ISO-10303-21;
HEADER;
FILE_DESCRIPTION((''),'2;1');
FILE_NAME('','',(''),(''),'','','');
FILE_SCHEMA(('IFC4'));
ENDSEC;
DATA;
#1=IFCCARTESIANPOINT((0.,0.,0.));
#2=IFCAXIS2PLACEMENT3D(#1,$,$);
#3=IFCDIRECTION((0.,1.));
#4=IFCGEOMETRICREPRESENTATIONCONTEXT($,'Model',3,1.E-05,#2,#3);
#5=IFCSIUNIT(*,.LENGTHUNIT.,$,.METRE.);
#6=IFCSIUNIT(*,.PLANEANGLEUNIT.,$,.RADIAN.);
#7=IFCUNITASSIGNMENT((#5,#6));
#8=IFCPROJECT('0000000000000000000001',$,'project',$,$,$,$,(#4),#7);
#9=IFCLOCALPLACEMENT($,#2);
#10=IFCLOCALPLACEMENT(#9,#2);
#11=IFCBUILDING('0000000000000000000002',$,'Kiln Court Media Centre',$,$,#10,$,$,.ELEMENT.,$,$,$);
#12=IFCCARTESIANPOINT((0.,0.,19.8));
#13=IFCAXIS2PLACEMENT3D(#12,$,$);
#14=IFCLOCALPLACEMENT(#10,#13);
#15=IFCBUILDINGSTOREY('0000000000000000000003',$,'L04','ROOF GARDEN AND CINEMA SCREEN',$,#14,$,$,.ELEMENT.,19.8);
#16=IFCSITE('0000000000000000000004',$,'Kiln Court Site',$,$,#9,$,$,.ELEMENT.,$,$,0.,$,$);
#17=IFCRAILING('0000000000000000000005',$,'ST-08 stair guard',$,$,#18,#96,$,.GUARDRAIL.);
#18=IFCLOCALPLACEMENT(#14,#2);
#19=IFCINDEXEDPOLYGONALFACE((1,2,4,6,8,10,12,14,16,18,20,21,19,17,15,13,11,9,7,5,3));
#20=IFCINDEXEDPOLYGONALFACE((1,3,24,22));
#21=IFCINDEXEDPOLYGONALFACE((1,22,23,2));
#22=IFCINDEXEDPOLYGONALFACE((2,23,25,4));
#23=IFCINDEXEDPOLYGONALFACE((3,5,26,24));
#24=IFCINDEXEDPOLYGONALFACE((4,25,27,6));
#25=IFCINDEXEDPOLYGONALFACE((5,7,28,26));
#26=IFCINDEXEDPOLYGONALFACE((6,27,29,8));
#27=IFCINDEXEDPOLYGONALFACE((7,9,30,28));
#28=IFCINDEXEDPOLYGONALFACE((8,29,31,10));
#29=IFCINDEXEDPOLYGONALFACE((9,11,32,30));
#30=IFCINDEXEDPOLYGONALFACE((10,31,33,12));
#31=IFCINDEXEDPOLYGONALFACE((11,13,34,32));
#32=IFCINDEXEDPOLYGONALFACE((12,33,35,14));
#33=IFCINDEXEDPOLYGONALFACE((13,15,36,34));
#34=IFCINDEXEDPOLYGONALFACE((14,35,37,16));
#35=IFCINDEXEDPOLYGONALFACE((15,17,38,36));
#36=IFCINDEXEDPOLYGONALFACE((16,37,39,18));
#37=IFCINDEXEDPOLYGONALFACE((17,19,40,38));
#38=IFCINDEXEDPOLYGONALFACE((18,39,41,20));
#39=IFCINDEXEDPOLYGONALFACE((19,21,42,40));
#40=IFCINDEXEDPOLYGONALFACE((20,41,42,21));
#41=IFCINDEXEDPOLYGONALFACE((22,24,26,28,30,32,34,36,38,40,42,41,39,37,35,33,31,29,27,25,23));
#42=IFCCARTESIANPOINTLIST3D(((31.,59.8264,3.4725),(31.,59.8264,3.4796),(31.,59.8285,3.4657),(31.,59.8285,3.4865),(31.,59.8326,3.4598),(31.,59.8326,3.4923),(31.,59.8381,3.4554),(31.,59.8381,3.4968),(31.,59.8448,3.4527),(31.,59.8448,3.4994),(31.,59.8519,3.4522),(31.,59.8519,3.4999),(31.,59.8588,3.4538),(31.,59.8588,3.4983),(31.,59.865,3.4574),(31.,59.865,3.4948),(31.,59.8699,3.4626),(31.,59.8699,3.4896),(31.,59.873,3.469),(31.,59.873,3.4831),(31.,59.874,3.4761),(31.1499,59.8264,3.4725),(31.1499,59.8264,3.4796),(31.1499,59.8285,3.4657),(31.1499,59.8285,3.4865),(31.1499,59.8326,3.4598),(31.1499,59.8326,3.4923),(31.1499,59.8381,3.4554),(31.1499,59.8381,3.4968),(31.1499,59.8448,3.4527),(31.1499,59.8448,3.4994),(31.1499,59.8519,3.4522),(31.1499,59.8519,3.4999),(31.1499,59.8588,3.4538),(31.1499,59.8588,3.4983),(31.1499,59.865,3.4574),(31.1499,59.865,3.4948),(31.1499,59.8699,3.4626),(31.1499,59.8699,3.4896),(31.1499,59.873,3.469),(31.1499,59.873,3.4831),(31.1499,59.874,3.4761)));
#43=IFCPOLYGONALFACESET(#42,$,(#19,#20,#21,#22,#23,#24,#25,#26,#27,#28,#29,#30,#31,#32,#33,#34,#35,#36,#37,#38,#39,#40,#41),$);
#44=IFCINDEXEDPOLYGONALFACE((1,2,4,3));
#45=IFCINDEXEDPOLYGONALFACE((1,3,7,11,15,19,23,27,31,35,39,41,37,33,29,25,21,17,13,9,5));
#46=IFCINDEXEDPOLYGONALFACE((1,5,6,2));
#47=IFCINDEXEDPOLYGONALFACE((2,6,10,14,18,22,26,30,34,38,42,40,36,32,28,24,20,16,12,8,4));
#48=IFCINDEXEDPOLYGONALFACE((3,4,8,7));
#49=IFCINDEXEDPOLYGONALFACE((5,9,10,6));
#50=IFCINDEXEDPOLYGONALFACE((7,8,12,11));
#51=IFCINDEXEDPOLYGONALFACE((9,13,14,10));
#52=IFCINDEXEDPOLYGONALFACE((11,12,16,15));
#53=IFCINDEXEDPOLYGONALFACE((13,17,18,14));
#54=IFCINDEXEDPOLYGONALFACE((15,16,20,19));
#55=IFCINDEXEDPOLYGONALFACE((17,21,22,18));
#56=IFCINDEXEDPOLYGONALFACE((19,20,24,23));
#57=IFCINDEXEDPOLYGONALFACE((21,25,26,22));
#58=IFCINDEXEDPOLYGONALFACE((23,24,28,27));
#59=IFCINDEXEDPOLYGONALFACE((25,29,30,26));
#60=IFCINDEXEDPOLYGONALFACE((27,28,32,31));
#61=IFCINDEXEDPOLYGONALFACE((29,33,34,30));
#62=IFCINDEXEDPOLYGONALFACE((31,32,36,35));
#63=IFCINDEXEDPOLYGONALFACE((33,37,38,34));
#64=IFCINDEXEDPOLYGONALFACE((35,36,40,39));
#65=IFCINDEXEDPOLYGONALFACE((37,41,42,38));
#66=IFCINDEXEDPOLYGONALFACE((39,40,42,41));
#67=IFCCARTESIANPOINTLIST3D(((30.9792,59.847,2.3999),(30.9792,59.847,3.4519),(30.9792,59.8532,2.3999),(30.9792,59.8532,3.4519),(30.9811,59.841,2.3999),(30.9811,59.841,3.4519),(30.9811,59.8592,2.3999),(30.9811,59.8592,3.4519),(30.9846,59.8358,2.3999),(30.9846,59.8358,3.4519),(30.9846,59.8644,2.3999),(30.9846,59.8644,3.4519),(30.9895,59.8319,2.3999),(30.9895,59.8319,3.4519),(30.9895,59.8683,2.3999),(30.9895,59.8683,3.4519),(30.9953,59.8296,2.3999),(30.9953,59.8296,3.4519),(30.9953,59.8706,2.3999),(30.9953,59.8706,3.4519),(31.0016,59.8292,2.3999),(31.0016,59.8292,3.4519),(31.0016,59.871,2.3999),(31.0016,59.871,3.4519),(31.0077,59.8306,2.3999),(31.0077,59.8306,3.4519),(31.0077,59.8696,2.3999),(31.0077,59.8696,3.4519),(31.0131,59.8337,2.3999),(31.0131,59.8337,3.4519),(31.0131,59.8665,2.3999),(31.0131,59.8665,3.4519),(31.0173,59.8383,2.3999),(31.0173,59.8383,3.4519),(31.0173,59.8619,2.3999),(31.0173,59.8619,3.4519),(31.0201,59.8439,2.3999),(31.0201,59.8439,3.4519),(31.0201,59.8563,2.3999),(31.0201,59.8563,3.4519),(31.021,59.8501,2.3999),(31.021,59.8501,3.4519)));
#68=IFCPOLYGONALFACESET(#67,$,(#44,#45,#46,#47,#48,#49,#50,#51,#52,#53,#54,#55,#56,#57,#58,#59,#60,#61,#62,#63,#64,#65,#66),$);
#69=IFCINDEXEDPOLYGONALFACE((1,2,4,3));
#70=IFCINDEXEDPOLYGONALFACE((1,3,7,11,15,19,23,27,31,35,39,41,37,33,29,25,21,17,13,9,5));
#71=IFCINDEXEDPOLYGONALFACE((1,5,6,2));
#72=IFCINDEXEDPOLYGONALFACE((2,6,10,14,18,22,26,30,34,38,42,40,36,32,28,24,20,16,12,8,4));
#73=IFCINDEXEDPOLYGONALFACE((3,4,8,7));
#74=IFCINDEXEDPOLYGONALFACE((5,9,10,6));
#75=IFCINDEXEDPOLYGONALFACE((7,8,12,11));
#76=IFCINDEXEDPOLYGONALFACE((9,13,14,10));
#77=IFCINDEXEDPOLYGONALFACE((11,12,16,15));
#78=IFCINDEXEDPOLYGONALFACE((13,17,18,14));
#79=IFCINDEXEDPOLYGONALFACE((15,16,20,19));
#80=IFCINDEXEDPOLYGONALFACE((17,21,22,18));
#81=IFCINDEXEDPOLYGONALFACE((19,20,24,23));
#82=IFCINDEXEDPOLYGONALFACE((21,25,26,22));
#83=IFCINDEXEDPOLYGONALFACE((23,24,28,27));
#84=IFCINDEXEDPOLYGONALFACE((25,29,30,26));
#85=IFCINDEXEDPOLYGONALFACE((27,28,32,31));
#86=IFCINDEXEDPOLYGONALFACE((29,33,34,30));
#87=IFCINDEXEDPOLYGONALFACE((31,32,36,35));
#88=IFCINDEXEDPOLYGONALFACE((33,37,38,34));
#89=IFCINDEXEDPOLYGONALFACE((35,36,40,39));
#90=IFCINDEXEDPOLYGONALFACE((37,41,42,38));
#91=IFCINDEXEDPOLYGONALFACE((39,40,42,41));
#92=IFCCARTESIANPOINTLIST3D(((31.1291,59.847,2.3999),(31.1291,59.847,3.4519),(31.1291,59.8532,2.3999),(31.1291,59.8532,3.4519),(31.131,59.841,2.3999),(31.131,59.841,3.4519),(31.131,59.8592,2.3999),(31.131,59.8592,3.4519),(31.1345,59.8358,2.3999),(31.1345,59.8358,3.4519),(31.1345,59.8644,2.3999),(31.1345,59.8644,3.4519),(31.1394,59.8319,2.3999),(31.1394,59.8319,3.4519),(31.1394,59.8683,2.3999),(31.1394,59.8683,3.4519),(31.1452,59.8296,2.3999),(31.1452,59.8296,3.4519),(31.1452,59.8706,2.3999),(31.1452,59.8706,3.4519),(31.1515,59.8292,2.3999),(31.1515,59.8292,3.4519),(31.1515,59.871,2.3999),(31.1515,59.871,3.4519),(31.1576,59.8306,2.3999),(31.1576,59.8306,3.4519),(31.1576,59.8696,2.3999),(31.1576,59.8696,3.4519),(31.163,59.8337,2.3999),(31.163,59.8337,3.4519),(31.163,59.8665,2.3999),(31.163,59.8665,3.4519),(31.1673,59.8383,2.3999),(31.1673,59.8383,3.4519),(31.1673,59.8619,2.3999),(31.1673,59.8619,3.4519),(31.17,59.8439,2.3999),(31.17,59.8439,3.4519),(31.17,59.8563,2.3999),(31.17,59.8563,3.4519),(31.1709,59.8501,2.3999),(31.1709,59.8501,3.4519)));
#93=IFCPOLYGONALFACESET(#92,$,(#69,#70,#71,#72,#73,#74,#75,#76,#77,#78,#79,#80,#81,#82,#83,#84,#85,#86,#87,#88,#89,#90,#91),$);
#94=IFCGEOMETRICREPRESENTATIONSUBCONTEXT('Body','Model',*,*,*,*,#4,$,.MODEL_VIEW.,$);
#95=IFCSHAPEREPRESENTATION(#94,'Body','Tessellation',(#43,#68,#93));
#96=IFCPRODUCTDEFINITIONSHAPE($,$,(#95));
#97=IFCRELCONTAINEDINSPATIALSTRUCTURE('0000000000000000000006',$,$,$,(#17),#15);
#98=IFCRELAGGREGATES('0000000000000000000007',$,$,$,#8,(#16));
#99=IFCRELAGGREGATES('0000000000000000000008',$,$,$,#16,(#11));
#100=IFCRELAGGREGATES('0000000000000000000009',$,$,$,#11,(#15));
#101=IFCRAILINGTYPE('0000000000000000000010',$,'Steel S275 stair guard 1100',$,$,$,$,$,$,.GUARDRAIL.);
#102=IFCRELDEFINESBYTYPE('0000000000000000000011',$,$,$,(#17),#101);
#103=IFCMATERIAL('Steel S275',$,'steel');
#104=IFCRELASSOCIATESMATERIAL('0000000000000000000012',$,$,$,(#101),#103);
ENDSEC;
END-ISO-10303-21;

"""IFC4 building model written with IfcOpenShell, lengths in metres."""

from ifc_helpers import new_model, si_unit, direction, frame, origin, origin_2d, place, context, subcontext, project, spatial, circle, extrude, material, type_object, element, save


model = new_model("IFC4")

# Units and contexts
model_context = context("Model", 3, precision=1e-05, world=origin(), true_north=direction((0.0, 1.0)))
body_context = subcontext(model_context, "Body", "Model", "MODEL_VIEW")
ifc_project = project(units=[si_unit("LENGTHUNIT", "METRE"), si_unit("PLANEANGLEUNIT", "RADIAN")], contexts=[model_context])

# Site, building, storey
site_placement = place(None, origin())
site = spatial("IfcSite", under=ifc_project, at=site_placement, Name="Kiln Court Site", CompositionType="ELEMENT", RefElevation=0.0)
building_placement = place(site_placement, origin())
building = spatial("IfcBuilding", under=site, at=building_placement, Name="Kiln Court Media Centre", CompositionType="ELEMENT")
storey_placement = place(building_placement, frame((0.0, 0.0, 19.8)))
storey = spatial("IfcBuildingStorey", under=building, at=storey_placement, Name="L04", Description="ROOF GARDEN AND CINEMA SCREEN", CompositionType="ELEMENT", Elevation=19.8)

# Railing
ifc_material_1 = material(Name="Steel S275", Category="steel")
railing_type_1 = type_object("IfcRailingType", Name="Steel S275 stair guard 1100", PredefinedType="GUARDRAIL", material=ifc_material_1)
railing_1_placement = place(storey_placement, frame((31.0, 59.8501, 2.3999)))
element("IfcRailing", 1, at=railing_1_placement, inside=storey, type_object=railing_type_1, Name="ST-08 stair guard", PredefinedType="GUARDRAIL", context=body_context, shape_type="SweptSolid", body=[
    extrude(circle(Radius=0.0239, at=origin_2d()), frame((0.0, 0.0, 1.0762), z_axis=(1.0, 0.0, 0.0), x_axis=(0.0, 1.0, 0.0)), (0.0, 0.0, 1.0), 0.1499),
    extrude(circle(Radius=0.021, at=origin_2d()), origin(), (0.0, 0.0, 1.0), 1.052),
    extrude(circle(Radius=0.021, at=origin_2d()), frame((0.1499, 0.0, 0.0)), (0.0, 0.0, 1.0), 1.052),
])

save(model, "model.ifc")
